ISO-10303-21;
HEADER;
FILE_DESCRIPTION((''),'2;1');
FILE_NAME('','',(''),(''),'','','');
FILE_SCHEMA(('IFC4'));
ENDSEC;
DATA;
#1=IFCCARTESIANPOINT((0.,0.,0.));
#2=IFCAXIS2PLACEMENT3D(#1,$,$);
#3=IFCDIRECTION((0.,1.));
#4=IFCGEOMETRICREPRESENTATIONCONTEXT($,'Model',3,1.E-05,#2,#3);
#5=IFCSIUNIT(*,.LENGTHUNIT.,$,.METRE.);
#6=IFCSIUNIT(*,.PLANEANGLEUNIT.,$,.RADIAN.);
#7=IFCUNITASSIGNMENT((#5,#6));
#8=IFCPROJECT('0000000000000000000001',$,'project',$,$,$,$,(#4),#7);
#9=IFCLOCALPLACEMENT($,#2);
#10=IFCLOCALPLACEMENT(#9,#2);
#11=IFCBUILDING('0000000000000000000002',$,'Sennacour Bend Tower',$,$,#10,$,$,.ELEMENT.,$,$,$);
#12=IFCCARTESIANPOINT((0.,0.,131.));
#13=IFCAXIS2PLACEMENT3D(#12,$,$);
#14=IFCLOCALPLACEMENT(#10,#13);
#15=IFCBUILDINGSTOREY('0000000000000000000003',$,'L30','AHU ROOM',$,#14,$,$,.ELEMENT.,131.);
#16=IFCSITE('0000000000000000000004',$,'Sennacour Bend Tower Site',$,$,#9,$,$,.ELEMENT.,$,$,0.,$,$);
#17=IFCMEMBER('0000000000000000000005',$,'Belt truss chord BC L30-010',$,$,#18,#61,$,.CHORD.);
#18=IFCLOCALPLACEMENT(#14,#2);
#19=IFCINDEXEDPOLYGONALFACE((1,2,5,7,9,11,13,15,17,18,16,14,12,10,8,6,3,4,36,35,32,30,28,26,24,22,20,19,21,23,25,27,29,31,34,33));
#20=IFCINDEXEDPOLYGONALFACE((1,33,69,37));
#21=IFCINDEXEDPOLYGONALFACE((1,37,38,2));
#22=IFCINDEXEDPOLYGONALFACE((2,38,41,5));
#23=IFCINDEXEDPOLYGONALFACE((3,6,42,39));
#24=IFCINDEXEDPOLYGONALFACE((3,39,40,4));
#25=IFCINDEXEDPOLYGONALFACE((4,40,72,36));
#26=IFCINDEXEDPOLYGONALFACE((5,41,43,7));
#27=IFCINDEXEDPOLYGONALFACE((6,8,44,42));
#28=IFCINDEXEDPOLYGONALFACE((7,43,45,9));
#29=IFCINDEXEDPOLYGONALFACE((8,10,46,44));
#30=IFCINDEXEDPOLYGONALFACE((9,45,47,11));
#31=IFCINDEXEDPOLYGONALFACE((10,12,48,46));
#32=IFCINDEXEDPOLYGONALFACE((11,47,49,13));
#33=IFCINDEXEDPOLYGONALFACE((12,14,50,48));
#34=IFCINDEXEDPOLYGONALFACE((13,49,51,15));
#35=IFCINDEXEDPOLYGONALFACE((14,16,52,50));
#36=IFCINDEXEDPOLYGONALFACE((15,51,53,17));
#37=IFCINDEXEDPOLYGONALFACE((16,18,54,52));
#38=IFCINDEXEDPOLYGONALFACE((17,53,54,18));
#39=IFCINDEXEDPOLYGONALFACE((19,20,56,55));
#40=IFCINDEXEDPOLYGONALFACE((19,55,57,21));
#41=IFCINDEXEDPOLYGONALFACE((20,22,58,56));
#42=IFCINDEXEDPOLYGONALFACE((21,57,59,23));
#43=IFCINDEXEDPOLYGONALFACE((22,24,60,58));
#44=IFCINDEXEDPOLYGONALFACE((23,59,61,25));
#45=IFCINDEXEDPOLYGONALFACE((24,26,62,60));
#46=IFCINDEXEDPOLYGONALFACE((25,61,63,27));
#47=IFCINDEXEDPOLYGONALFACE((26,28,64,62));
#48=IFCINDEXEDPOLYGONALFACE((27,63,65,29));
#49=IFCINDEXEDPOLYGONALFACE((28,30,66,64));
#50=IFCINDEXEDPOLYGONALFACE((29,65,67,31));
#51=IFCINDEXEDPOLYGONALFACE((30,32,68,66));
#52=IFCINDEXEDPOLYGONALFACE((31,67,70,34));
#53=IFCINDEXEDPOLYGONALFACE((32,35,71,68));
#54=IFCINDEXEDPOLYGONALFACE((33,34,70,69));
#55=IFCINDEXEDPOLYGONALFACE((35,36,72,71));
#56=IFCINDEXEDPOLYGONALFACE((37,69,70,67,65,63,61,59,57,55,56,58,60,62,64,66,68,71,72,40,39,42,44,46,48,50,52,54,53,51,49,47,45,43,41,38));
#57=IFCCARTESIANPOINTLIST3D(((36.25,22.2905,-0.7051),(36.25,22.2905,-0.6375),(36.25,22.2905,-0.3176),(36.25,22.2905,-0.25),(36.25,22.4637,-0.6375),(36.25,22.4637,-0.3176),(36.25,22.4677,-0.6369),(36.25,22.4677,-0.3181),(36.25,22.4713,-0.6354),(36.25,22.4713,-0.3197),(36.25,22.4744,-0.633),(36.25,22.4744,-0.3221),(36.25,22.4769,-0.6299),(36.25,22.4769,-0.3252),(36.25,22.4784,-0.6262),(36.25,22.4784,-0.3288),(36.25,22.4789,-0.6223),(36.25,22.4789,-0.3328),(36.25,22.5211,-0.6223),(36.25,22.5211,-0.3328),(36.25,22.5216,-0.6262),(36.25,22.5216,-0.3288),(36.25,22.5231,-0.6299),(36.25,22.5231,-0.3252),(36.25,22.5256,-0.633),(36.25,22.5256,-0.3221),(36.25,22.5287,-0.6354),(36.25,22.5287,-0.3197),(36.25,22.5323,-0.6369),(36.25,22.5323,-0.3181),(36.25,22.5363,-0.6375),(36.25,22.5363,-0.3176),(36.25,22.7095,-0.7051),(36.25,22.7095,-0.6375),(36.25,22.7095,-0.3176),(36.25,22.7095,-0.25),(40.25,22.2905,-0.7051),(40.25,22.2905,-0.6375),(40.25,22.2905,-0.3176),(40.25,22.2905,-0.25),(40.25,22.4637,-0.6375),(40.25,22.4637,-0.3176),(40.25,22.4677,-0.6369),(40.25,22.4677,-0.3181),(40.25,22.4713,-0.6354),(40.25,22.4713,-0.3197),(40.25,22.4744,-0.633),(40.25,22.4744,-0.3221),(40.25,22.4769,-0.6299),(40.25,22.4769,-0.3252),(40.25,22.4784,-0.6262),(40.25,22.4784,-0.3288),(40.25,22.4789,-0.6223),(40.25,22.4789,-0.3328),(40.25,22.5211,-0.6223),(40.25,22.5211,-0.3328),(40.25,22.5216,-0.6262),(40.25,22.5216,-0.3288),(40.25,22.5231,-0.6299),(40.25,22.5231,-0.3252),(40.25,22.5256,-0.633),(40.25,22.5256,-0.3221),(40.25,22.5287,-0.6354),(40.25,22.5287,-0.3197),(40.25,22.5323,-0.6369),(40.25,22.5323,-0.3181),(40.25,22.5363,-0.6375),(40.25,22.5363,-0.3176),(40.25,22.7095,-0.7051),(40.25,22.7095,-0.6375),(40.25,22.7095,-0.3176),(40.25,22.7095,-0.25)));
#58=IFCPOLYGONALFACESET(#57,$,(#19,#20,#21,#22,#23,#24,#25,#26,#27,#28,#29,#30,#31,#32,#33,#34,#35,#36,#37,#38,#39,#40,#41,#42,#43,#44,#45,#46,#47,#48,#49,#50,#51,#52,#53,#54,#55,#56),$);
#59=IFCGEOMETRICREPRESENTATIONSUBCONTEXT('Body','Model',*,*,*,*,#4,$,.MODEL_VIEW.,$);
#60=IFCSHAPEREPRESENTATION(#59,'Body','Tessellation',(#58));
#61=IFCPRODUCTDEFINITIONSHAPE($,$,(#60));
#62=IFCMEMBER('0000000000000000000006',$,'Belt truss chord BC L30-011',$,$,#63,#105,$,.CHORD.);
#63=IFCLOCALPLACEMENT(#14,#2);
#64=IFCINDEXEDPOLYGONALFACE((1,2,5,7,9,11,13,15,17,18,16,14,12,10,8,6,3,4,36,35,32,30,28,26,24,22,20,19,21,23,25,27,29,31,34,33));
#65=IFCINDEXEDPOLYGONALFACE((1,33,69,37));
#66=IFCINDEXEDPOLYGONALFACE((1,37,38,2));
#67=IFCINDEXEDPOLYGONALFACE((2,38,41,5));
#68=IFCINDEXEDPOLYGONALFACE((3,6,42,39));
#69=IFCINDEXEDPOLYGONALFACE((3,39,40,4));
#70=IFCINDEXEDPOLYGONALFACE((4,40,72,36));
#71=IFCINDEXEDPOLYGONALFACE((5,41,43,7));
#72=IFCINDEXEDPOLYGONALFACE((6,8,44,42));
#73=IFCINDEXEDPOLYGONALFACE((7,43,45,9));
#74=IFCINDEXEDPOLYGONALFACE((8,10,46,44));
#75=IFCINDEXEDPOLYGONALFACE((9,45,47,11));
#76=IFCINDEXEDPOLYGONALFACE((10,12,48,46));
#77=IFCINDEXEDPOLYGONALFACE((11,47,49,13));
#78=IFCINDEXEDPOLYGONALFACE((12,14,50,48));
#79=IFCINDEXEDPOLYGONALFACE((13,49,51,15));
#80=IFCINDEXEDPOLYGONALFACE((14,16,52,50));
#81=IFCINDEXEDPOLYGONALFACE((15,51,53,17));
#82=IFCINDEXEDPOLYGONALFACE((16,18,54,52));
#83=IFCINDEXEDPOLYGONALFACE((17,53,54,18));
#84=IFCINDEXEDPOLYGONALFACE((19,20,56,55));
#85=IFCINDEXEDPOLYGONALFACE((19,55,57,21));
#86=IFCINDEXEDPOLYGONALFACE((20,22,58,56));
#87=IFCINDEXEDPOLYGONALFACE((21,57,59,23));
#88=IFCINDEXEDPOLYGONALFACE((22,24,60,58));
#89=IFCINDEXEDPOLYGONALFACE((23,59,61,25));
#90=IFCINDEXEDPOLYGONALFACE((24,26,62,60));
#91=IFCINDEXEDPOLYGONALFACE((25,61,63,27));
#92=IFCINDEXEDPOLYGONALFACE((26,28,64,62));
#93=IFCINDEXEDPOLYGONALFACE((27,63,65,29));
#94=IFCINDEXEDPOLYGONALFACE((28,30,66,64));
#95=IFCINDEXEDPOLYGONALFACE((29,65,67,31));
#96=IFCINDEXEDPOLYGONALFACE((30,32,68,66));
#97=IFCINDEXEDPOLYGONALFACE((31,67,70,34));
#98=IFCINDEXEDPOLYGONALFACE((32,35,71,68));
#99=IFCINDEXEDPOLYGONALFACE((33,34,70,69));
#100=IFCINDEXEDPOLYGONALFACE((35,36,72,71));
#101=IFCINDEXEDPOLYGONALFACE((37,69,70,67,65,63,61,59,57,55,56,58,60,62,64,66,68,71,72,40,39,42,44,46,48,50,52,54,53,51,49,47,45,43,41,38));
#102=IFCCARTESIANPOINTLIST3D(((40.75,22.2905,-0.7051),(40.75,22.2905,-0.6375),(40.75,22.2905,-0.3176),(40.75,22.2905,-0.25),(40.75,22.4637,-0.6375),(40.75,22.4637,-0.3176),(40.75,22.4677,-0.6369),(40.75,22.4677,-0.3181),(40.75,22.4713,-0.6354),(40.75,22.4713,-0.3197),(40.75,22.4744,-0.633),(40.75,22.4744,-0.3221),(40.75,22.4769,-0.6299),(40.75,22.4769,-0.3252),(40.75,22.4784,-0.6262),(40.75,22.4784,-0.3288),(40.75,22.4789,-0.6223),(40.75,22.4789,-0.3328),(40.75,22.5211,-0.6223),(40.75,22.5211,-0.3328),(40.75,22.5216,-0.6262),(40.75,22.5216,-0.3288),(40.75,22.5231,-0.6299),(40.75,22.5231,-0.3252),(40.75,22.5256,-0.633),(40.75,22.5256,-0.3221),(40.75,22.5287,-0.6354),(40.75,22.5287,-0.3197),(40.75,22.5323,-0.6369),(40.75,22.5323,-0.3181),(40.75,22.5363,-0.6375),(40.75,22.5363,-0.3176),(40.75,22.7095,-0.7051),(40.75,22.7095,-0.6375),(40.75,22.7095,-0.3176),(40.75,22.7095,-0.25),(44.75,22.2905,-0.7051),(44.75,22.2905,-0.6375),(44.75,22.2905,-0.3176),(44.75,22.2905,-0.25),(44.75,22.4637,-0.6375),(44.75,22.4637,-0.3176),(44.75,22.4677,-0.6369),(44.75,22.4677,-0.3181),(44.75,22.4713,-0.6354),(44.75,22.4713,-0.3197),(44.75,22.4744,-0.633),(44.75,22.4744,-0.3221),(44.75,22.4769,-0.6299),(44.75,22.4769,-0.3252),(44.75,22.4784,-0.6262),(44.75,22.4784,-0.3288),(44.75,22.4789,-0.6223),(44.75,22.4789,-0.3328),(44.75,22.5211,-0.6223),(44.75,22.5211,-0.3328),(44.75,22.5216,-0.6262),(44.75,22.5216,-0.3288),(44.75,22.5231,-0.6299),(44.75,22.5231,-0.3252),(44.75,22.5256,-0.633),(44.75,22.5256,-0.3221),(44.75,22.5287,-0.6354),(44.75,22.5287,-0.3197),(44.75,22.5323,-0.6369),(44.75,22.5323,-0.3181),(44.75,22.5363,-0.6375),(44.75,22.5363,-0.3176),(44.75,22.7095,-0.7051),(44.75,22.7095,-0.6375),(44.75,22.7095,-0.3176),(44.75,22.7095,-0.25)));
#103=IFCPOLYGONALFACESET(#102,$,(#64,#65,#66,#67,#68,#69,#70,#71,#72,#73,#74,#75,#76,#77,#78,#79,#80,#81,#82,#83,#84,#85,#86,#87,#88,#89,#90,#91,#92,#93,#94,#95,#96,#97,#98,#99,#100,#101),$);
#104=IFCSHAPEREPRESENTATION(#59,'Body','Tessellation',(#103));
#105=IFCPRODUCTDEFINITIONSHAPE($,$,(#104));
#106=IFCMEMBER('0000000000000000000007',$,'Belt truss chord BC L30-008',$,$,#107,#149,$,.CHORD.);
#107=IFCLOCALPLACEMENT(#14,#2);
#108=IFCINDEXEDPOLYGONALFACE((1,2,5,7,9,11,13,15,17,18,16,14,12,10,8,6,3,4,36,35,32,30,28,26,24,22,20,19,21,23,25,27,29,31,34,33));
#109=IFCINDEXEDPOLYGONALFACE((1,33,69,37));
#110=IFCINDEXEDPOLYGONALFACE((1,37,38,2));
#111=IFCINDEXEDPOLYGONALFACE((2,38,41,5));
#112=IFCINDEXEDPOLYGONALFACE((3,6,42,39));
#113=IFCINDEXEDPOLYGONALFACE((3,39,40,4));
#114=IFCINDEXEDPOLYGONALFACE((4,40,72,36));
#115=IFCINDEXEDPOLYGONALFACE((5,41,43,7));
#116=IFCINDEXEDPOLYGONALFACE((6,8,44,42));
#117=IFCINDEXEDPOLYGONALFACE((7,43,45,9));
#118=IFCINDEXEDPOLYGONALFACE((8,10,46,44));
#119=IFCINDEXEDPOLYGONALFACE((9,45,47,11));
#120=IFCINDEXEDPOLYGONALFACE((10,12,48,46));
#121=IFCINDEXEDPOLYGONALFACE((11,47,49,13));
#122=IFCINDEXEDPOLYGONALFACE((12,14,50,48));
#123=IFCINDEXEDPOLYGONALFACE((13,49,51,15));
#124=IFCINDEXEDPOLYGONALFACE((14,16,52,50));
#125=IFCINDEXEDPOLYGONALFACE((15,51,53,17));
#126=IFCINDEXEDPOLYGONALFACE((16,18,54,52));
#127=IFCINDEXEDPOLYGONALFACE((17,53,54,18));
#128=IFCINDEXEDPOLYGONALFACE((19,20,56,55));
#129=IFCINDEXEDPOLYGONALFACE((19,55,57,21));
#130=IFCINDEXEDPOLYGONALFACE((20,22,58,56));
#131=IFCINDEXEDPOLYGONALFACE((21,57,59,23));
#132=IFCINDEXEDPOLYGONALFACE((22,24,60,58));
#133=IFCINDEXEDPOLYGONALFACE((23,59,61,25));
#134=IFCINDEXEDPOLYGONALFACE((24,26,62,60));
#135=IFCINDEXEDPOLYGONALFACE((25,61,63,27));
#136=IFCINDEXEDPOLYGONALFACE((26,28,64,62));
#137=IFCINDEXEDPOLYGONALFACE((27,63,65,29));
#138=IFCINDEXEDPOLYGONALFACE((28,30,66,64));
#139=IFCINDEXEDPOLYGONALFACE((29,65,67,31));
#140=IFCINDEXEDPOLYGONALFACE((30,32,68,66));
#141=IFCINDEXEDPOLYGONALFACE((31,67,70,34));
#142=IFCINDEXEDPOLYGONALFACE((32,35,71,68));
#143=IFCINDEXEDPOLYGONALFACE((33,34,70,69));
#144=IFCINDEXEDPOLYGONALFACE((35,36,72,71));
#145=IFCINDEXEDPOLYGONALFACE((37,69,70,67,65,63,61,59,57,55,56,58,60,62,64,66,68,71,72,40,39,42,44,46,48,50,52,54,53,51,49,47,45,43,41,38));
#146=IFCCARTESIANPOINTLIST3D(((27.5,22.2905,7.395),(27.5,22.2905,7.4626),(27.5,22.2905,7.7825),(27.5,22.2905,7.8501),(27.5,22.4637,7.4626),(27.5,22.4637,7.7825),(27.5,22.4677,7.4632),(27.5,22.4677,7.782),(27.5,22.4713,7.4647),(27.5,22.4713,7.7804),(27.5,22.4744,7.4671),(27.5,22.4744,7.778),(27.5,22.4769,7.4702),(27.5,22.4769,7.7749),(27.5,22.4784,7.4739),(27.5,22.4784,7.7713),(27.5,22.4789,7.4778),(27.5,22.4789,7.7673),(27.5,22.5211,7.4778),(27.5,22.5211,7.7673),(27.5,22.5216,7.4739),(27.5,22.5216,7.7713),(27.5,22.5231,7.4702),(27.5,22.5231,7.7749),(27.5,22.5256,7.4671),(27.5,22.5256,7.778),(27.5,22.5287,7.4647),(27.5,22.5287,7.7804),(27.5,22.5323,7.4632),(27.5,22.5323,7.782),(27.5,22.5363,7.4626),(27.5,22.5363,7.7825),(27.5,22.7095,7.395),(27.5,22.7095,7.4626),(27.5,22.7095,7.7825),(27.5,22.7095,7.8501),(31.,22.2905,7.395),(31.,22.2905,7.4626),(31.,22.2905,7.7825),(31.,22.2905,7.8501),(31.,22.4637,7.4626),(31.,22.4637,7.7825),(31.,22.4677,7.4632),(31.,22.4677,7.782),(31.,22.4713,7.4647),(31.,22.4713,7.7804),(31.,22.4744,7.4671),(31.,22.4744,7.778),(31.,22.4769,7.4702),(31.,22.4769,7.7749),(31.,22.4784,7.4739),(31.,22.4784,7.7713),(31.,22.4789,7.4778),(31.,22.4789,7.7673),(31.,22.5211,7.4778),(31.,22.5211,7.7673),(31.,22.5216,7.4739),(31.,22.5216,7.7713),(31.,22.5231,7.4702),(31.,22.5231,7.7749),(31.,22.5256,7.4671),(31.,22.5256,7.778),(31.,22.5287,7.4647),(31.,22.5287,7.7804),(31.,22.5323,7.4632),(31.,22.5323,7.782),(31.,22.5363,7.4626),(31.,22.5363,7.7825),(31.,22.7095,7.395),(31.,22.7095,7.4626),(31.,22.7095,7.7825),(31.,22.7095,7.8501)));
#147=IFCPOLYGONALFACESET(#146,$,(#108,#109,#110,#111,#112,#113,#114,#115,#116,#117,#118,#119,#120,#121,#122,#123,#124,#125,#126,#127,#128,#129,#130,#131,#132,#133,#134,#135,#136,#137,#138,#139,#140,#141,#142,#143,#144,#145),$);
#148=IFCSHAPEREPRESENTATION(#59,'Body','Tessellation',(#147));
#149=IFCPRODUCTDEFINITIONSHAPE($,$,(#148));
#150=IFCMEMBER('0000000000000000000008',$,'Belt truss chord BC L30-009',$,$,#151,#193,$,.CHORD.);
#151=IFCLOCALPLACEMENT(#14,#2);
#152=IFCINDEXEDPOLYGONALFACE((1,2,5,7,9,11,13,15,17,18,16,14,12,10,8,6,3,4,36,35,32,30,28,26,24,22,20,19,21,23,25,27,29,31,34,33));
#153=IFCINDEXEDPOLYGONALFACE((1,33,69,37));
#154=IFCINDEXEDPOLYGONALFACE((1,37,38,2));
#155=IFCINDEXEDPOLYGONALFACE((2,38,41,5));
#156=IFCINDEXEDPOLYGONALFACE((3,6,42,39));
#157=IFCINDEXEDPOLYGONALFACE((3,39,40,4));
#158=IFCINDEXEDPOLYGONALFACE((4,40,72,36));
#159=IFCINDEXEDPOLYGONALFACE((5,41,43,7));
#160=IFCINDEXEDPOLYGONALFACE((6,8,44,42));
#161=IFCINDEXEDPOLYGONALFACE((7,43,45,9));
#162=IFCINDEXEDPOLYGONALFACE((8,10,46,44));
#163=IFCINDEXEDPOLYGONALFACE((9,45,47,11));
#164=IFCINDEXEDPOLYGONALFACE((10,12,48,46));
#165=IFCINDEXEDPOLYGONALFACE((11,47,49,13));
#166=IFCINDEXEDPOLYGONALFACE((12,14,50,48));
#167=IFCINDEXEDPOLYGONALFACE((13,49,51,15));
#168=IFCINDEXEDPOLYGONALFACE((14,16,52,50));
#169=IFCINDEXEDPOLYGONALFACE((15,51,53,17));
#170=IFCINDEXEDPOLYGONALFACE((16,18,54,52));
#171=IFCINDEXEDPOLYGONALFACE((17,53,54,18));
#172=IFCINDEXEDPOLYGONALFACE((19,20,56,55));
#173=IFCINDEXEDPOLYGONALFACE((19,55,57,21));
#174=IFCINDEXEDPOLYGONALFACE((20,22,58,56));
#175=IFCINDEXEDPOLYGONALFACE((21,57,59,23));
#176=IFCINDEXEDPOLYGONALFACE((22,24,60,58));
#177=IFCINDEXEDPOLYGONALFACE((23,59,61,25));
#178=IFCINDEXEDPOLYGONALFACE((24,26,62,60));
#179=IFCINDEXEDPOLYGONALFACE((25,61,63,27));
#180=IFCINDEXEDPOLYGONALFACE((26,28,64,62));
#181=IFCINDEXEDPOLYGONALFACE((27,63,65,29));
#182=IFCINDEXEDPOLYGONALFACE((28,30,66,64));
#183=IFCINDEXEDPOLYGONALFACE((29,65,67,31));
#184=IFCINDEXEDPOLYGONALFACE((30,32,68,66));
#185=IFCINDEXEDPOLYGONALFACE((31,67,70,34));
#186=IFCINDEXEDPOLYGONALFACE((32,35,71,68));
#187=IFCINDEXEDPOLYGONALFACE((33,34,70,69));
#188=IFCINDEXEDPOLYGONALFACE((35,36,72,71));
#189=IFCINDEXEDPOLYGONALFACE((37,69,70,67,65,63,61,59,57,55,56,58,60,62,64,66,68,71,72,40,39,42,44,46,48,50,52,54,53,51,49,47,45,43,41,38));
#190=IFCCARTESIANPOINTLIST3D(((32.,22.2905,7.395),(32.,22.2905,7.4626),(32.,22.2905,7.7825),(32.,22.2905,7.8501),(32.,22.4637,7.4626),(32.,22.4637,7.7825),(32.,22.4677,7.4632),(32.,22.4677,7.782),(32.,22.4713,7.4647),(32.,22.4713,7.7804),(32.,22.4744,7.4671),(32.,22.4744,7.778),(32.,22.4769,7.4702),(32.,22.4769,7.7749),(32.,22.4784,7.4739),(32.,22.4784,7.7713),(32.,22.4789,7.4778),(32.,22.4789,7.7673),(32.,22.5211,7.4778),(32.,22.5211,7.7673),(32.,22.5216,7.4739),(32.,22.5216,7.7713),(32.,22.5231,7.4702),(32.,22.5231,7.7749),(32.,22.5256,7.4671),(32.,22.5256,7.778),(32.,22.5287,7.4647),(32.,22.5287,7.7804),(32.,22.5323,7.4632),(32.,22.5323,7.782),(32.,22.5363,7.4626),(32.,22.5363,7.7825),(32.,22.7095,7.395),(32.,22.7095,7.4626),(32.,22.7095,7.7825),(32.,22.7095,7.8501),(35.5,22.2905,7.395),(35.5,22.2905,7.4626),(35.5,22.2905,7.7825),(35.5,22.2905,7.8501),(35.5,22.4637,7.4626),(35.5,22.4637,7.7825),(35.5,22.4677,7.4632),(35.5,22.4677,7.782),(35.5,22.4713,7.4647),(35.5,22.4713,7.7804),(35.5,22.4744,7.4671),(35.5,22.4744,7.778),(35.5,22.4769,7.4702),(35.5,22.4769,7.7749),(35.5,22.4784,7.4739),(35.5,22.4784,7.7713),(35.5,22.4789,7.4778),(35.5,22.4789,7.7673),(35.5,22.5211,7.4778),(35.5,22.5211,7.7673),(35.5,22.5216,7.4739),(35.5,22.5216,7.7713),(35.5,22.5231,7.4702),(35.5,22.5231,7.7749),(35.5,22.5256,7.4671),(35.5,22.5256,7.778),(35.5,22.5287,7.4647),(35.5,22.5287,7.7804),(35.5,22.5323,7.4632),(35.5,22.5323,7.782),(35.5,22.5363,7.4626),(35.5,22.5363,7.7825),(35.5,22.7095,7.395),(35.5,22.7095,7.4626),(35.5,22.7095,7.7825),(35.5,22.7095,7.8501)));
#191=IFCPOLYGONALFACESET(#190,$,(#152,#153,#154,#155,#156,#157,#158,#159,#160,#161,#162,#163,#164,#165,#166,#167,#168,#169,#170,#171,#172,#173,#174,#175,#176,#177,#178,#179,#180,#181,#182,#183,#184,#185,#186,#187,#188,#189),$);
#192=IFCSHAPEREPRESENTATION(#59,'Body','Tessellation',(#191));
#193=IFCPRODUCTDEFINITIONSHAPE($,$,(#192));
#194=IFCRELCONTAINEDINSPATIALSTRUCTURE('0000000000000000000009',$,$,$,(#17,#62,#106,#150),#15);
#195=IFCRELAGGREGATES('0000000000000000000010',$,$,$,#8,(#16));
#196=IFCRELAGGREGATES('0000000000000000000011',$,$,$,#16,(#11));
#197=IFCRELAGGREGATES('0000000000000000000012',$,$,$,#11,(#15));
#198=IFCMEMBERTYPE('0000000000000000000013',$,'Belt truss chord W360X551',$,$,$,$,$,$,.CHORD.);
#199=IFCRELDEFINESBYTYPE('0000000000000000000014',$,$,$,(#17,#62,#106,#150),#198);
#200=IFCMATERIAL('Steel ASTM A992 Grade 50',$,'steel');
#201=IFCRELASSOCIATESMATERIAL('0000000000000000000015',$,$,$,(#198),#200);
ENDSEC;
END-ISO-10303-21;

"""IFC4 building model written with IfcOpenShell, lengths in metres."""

from ifc_helpers import new_model, si_unit, direction, frame, origin, origin_2d, place, context, subcontext, project, spatial, i_section, extrude, material, material_profile, profile_set, type_object, element, save


model = new_model("IFC4")

# Units and contexts
model_context = context("Model", 3, precision=1e-05, world=origin(), true_north=direction((0.0, 1.0)))
body_context = subcontext(model_context, "Body", "Model", "MODEL_VIEW")
ifc_project = project(units=[si_unit("LENGTHUNIT", "METRE"), si_unit("PLANEANGLEUNIT", "RADIAN")], contexts=[model_context])

# Site, building, storey
site_placement = place(None, origin())
site = spatial("IfcSite", under=ifc_project, at=site_placement, Name="Sennacour Bend Tower Site", CompositionType="ELEMENT", RefElevation=0.0)
building_placement = place(site_placement, origin())
building = spatial("IfcBuilding", under=site, at=building_placement, Name="Sennacour Bend Tower", CompositionType="ELEMENT")
storey_placement = place(building_placement, frame((0.0, 0.0, 131.0)))
storey = spatial("IfcBuildingStorey", under=building, at=storey_placement, Name="L30", Description="AHU ROOM", CompositionType="ELEMENT", Elevation=131.0)

# Members
ifc_material_1 = material(Name="Steel ASTM A992 Grade 50", Category="steel")
ifc_material_profile_1 = material_profile(ifc_material_1, i_section(OverallWidth=0.4189, OverallDepth=0.4551, WebThickness=0.0422, FlangeThickness=0.0676, FilletRadius=0.0151, at=origin_2d()), Name="Steel ASTM A992 Grade 50", Category="steel")
ifc_profile_set_1 = profile_set([ifc_material_profile_1], Name="Steel ASTM A992 Grade 50")
member_type_1 = type_object("IfcMemberType", Name="Belt truss chord W360X551", PredefinedType="CHORD", material=ifc_profile_set_1)
for number, where, z_axis, x_axis, name in (
    (1, (36.25, 22.5, -0.4775), (1.0, 0.0, 0.0), (0.0, 1.0, 0.0), "Belt truss chord BC L30-010"),
    (2, (40.75, 22.5, -0.4775), (1.0, 0.0, 0.0), (0.0, 1.0, 0.0), "Belt truss chord BC L30-011"),
):
    element("IfcMember", number, at=place(storey_placement, frame(where, z_axis=z_axis, x_axis=x_axis)), inside=storey, type_object=member_type_1, Name=name, PredefinedType="CHORD", context=body_context, shape_type="SweptSolid", body=[
        extrude(i_section(OverallWidth=0.4189, OverallDepth=0.4551, WebThickness=0.0422, FlangeThickness=0.0676, FilletRadius=0.0151, at=origin_2d()), origin(), (0.0, 0.0, 1.0), 4.0),
    ])
for number, where, z_axis, x_axis, name in (
    (3, (27.5, 22.5, 7.6226), (1.0, 0.0, 0.0), (0.0, 1.0, 0.0), "Belt truss chord BC L30-008"),
    (4, (32.0, 22.5, 7.6226), (1.0, 0.0, 0.0), (0.0, 1.0, 0.0), "Belt truss chord BC L30-009"),
):
    element("IfcMember", number, at=place(storey_placement, frame(where, z_axis=z_axis, x_axis=x_axis)), inside=storey, type_object=member_type_1, Name=name, PredefinedType="CHORD", context=body_context, shape_type="SweptSolid", body=[
        extrude(i_section(OverallWidth=0.4189, OverallDepth=0.4551, WebThickness=0.0422, FlangeThickness=0.0676, FilletRadius=0.0151, at=origin_2d()), origin(), (0.0, 0.0, 1.0), 3.5),
    ])

save(model, "model.ifc")
